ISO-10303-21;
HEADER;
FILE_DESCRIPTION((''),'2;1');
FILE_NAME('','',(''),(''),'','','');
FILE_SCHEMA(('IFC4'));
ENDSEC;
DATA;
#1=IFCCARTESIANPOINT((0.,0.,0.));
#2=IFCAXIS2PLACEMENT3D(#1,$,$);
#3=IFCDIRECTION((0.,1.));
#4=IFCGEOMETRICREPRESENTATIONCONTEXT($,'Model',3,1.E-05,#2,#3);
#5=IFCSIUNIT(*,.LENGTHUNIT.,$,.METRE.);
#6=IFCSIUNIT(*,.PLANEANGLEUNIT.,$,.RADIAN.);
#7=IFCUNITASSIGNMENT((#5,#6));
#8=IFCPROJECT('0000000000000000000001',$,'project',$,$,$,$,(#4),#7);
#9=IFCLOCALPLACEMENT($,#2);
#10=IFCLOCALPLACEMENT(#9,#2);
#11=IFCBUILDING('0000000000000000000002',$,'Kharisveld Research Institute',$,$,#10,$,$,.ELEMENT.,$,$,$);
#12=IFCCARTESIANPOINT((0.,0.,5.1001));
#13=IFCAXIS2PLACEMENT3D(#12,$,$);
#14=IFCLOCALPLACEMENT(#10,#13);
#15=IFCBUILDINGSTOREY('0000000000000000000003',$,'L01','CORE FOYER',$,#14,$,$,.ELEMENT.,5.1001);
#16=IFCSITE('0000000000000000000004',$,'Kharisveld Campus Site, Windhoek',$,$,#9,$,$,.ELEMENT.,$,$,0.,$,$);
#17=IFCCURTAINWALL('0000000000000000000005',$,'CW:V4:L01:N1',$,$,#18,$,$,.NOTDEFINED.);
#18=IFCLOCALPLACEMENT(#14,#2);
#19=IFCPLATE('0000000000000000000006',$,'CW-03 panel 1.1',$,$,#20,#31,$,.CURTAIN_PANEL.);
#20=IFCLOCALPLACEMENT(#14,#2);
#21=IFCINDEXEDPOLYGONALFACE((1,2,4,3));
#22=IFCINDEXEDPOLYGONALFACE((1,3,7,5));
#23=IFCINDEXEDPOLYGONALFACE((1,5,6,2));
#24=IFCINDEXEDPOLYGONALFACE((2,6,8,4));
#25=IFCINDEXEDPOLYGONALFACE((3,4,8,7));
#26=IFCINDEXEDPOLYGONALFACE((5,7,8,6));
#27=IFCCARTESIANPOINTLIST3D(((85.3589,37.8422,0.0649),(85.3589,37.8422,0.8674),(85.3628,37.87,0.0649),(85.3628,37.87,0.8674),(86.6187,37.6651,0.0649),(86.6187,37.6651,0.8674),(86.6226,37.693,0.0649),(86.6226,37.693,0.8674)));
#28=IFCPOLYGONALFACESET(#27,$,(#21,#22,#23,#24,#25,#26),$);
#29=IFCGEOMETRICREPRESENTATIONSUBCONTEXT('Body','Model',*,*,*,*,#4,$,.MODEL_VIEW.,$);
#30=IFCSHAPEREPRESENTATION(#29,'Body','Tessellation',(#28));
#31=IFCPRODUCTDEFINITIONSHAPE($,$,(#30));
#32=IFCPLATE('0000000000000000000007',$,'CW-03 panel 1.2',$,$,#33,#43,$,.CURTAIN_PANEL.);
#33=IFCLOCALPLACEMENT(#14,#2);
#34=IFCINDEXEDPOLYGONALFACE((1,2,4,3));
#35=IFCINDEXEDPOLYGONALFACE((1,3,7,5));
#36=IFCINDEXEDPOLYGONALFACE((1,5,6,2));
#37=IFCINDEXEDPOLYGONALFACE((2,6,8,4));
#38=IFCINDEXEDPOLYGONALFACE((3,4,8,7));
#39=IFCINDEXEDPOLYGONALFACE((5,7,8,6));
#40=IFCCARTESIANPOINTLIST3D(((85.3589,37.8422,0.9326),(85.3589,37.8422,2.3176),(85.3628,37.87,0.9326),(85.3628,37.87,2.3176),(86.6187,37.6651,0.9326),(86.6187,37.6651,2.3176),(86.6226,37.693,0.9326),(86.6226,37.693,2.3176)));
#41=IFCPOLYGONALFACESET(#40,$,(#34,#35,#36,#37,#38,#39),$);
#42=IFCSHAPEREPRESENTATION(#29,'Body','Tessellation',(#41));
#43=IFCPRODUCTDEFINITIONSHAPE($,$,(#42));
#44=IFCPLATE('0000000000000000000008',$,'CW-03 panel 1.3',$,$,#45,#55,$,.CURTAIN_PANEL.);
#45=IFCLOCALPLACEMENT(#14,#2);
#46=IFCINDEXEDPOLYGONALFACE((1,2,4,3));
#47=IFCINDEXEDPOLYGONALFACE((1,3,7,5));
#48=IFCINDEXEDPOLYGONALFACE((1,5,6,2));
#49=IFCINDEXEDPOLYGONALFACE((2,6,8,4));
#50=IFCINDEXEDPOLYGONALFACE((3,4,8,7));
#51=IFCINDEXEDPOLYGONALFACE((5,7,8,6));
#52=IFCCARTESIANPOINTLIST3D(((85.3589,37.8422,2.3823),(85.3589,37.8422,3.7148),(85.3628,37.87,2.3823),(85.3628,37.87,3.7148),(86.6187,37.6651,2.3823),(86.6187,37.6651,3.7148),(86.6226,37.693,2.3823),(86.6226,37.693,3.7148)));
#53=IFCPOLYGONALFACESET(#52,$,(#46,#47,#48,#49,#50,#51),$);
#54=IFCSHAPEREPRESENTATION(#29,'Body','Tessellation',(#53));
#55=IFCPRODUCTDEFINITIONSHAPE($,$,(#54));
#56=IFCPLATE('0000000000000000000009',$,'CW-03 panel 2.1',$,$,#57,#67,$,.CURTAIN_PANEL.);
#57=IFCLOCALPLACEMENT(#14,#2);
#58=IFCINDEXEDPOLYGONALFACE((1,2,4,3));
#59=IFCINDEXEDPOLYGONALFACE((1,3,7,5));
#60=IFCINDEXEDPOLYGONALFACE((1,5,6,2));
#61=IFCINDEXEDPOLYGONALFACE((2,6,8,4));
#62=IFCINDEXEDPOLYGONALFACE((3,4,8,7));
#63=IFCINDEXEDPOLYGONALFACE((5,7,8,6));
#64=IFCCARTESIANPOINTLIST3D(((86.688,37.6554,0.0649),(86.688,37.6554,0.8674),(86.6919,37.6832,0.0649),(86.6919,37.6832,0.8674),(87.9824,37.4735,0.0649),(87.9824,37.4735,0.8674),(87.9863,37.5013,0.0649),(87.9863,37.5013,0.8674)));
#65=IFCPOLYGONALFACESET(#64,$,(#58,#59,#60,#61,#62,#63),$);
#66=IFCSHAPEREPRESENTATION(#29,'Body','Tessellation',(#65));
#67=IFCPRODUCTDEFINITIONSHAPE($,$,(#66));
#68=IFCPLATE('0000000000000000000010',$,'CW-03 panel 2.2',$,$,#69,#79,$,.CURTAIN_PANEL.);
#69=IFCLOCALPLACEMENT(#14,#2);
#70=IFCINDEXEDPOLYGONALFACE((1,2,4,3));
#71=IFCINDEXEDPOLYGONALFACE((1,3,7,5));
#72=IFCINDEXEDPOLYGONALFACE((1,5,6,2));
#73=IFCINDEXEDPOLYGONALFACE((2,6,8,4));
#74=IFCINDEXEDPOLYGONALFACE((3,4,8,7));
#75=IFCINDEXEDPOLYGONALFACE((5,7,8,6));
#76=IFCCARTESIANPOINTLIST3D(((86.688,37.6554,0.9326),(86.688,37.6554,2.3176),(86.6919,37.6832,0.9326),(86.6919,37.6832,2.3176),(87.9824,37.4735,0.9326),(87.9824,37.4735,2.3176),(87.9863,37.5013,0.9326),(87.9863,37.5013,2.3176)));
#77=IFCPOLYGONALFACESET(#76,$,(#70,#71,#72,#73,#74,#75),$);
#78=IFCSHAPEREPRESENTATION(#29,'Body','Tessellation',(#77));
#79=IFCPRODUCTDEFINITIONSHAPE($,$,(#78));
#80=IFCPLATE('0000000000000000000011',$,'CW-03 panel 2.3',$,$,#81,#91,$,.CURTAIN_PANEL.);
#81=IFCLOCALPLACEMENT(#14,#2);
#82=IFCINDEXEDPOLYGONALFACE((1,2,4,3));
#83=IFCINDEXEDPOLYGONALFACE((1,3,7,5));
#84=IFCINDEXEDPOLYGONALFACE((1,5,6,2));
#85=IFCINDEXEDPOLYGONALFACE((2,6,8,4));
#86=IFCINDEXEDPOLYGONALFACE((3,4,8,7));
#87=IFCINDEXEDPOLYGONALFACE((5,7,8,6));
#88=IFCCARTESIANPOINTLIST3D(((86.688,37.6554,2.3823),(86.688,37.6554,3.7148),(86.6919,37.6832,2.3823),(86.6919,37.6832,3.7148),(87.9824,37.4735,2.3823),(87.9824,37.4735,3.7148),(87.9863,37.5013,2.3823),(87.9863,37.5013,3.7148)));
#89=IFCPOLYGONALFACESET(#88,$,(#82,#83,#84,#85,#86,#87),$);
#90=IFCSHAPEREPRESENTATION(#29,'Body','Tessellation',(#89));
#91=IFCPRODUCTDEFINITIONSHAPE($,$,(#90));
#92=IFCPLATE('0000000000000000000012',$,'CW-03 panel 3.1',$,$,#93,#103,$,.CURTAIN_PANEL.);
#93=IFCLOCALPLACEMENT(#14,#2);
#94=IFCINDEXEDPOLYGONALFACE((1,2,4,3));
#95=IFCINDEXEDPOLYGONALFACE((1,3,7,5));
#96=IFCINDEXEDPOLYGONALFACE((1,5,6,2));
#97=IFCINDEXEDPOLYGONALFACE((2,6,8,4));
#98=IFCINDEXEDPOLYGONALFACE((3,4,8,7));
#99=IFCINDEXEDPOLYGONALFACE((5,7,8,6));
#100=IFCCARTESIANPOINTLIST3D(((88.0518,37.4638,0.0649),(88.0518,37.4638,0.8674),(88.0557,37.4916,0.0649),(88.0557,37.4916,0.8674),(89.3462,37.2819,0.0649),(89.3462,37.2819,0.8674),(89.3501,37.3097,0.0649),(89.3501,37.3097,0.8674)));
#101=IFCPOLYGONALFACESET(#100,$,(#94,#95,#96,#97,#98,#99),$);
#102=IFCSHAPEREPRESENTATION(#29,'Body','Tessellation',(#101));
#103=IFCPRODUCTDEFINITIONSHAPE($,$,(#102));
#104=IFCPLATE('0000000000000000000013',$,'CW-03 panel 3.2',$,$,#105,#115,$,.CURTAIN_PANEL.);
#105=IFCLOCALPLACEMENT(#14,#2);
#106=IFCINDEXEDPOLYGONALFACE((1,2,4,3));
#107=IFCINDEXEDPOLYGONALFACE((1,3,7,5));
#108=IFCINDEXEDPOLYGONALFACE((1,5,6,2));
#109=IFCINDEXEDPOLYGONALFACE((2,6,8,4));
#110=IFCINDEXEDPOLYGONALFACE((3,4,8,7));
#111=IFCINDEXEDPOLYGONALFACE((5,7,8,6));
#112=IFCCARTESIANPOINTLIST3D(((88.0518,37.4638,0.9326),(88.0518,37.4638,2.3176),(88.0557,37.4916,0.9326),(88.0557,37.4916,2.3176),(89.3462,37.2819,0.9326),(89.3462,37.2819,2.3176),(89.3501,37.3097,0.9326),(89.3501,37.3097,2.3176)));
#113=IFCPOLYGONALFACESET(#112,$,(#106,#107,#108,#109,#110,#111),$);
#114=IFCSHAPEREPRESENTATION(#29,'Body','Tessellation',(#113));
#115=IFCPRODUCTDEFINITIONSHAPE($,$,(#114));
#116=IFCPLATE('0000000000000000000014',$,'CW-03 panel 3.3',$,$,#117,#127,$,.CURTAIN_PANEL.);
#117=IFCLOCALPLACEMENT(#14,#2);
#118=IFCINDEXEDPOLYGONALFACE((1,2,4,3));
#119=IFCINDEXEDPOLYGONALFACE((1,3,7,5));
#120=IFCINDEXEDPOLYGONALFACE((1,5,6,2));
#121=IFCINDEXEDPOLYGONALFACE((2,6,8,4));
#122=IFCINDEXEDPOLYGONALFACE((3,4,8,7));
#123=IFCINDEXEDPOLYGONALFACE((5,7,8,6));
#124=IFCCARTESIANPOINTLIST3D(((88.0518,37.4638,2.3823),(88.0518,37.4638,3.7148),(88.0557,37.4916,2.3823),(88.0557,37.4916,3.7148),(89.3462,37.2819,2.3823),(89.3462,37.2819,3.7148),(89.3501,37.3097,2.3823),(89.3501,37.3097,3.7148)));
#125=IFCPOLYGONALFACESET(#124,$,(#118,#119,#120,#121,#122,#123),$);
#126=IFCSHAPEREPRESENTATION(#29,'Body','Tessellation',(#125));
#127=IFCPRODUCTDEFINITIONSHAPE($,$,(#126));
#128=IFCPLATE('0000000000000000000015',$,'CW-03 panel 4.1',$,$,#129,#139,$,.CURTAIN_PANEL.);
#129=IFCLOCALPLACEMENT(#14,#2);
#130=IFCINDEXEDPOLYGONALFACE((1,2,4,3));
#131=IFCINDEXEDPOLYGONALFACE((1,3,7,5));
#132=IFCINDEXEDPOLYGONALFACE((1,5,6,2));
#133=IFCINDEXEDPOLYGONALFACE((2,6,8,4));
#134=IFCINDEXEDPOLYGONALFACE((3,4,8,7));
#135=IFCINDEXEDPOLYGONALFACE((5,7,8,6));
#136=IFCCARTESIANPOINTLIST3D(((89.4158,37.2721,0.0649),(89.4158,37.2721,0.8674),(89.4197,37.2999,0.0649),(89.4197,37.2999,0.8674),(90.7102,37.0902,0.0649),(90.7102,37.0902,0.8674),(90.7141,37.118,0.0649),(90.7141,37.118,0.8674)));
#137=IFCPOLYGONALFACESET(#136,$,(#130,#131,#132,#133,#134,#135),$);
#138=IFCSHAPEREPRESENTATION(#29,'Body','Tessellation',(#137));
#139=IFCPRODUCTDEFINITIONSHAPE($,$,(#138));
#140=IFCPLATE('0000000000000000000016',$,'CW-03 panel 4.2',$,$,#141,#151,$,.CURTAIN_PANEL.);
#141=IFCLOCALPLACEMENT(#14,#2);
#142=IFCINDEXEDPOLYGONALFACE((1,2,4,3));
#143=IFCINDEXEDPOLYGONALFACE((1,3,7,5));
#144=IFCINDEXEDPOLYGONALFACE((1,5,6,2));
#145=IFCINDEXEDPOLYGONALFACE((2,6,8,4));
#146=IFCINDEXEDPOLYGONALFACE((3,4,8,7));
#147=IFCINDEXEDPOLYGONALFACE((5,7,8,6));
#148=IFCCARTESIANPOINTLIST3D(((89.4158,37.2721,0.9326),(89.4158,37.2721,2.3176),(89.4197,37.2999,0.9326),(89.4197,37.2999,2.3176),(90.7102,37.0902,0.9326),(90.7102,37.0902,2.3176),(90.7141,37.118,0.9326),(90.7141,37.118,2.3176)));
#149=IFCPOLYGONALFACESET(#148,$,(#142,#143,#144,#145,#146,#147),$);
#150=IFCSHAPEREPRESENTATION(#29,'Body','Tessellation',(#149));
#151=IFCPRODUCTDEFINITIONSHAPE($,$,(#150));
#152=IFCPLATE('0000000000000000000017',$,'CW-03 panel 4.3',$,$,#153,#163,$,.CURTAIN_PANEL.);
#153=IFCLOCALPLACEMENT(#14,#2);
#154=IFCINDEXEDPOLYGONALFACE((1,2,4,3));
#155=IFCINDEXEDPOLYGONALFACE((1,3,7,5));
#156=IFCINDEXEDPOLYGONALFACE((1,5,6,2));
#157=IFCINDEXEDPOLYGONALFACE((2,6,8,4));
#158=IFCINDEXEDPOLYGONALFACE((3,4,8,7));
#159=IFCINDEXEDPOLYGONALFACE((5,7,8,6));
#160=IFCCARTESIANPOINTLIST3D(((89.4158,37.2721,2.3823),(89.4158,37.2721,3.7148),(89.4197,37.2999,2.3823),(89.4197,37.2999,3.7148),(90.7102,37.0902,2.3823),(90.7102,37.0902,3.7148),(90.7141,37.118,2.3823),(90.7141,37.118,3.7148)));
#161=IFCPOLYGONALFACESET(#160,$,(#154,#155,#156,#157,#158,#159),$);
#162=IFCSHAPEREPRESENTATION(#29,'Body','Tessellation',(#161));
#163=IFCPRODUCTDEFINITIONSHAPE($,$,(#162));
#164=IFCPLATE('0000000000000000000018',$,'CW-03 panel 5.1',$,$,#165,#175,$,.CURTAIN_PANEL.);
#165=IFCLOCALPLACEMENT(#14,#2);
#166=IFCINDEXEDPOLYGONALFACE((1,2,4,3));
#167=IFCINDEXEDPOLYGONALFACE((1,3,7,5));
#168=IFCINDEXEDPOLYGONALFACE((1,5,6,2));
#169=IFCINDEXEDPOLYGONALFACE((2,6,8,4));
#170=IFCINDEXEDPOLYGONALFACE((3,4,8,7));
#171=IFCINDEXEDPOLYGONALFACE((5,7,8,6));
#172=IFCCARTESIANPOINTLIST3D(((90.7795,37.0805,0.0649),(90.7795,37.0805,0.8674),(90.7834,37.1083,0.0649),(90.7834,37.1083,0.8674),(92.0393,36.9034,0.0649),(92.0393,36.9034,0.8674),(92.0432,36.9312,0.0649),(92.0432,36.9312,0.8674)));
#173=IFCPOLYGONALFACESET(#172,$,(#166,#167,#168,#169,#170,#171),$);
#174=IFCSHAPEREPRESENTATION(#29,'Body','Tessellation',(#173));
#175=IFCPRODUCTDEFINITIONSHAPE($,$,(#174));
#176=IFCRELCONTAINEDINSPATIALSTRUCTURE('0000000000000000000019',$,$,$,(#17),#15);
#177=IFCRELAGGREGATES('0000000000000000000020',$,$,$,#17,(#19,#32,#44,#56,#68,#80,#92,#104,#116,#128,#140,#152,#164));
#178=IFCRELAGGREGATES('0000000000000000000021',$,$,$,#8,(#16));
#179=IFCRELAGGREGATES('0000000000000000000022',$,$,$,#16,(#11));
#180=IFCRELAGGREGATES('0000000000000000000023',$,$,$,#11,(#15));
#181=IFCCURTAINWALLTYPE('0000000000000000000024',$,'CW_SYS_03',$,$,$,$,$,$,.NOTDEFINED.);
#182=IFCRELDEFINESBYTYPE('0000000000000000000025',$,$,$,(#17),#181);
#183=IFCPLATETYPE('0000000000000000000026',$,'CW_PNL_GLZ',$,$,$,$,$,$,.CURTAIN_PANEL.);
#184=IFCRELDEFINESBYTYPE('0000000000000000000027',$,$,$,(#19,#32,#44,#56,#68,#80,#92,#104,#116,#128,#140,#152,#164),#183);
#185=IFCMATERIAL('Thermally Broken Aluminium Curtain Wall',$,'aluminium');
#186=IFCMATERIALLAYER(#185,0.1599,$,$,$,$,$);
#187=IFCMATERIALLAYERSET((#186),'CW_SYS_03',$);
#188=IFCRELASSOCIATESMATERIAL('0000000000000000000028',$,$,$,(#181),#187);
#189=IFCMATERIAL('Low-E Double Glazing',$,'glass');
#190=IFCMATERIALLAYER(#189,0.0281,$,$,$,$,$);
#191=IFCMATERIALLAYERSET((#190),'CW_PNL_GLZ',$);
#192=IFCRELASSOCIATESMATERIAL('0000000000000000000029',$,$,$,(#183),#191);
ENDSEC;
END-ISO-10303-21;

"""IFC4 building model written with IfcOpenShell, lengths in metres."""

from ifc_helpers import new_model, si_unit, direction, frame, origin, origin_2d, place, context, subcontext, project, spatial, rectangle, extrude, material, layer, layer_set, type_object, element, aggregate, save


model = new_model("IFC4")

# Units and contexts
model_context = context("Model", 3, precision=1e-05, world=origin(), true_north=direction((0.0, 1.0)))
body_context = subcontext(model_context, "Body", "Model", "MODEL_VIEW")
ifc_project = project(units=[si_unit("LENGTHUNIT", "METRE"), si_unit("PLANEANGLEUNIT", "RADIAN")], contexts=[model_context])

# Site, building, storey
site_placement = place(None, origin())
site = spatial("IfcSite", under=ifc_project, at=site_placement, Name="Kharisveld Campus Site, Windhoek", CompositionType="ELEMENT", RefElevation=0.0)
building_placement = place(site_placement, origin())
building = spatial("IfcBuilding", under=site, at=building_placement, Name="Kharisveld Research Institute", CompositionType="ELEMENT")
storey_placement = place(building_placement, frame((0.0, 0.0, 5.1001)))
storey = spatial("IfcBuildingStorey", under=building, at=storey_placement, Name="L01", Description="CORE FOYER", CompositionType="ELEMENT", Elevation=5.1001)

# Curtain wall, plates
ifc_material_1 = material(Name="Thermally Broken Aluminium Curtain Wall", Category="aluminium")
ifc_layer_1 = layer(ifc_material_1, 0.1599)
ifc_layer_set_1 = layer_set([ifc_layer_1], Name="CW_SYS_03")
curtain_wall_type = type_object("IfcCurtainWallType", Name="CW_SYS_03", PredefinedType="NOTDEFINED", material=ifc_layer_set_1)
curtain_wall_placement = place(storey_placement, origin())
curtain_wall = element("IfcCurtainWall", 1, at=curtain_wall_placement, inside=storey, type_object=curtain_wall_type, Name="CW:V4:L01:N1", PredefinedType="NOTDEFINED")
ifc_material_2 = material(Name="Low-E Double Glazing", Category="glass")
ifc_layer_2 = layer(ifc_material_2, 0.0281)
ifc_layer_set_2 = layer_set([ifc_layer_2], Name="CW_PNL_GLZ")
plate_type = type_object("IfcPlateType", Name="CW_PNL_GLZ", PredefinedType="CURTAIN_PANEL", material=ifc_layer_set_2)
plate_1_placement = place(storey_placement, frame((85.9907, 37.7676, 0.0649), z_axis=(0.0, 0.0, 1.0), x_axis=(0.990268, -0.139173, 0.0)))
plate_1 = element("IfcPlate", 2, at=plate_1_placement, type_object=plate_type, Name="CW-03 panel 1.1", PredefinedType="CURTAIN_PANEL", context=body_context, shape_type="SweptSolid", body=[
    extrude(rectangle(XDim=1.2722, YDim=0.0281, at=origin_2d()), origin(), (0.0, 0.0, 1.0), 0.8025),
])
plate_2_placement = place(storey_placement, frame((85.9907, 37.7676, 0.9326), z_axis=(0.0, 0.0, 1.0), x_axis=(0.990268, -0.139173, 0.0)))
plate_2 = element("IfcPlate", 3, at=plate_2_placement, type_object=plate_type, Name="CW-03 panel 1.2", PredefinedType="CURTAIN_PANEL", context=body_context, shape_type="SweptSolid", body=[
    extrude(rectangle(XDim=1.2722, YDim=0.0281, at=origin_2d()), origin(), (0.0, 0.0, 1.0), 1.385),
])
plate_3_placement = place(storey_placement, frame((85.9907, 37.7676, 2.3823), z_axis=(0.0, 0.0, 1.0), x_axis=(0.990268, -0.139173, 0.0)))
plate_3 = element("IfcPlate", 4, at=plate_3_placement, type_object=plate_type, Name="CW-03 panel 1.3", PredefinedType="CURTAIN_PANEL", context=body_context, shape_type="SweptSolid", body=[
    extrude(rectangle(XDim=1.2722, YDim=0.0281, at=origin_2d()), origin(), (0.0, 0.0, 1.0), 1.3325),
])
plate_4_placement = place(storey_placement, frame((87.3372, 37.5784, 0.0649), z_axis=(0.0, 0.0, 1.0), x_axis=(0.990268, -0.139173, 0.0)))
plate_4 = element("IfcPlate", 5, at=plate_4_placement, type_object=plate_type, Name="CW-03 panel 2.1", PredefinedType="CURTAIN_PANEL", context=body_context, shape_type="SweptSolid", body=[
    extrude(rectangle(XDim=1.3071, YDim=0.0281, at=origin_2d()), origin(), (0.0, 0.0, 1.0), 0.8025),
])
plate_5_placement = place(storey_placement, frame((87.3372, 37.5784, 0.9326), z_axis=(0.0, 0.0, 1.0), x_axis=(0.990268, -0.139173, 0.0)))
plate_5 = element("IfcPlate", 6, at=plate_5_placement, type_object=plate_type, Name="CW-03 panel 2.2", PredefinedType="CURTAIN_PANEL", context=body_context, shape_type="SweptSolid", body=[
    extrude(rectangle(XDim=1.3071, YDim=0.0281, at=origin_2d()), origin(), (0.0, 0.0, 1.0), 1.385),
])
plate_6_placement = place(storey_placement, frame((87.3372, 37.5784, 2.3823), z_axis=(0.0, 0.0, 1.0), x_axis=(0.990268, -0.139173, 0.0)))
plate_6 = element("IfcPlate", 7, at=plate_6_placement, type_object=plate_type, Name="CW-03 panel 2.3", PredefinedType="CURTAIN_PANEL", context=body_context, shape_type="SweptSolid", body=[
    extrude(rectangle(XDim=1.3071, YDim=0.0281, at=origin_2d()), origin(), (0.0, 0.0, 1.0), 1.3325),
])
plate_7_placement = place(storey_placement, frame((88.7009, 37.3867, 0.0649), z_axis=(0.0, 0.0, 1.0), x_axis=(0.990268, -0.139173, 0.0)))
plate_7 = element("IfcPlate", 8, at=plate_7_placement, type_object=plate_type, Name="CW-03 panel 3.1", PredefinedType="CURTAIN_PANEL", context=body_context, shape_type="SweptSolid", body=[
    extrude(rectangle(XDim=1.3071, YDim=0.0281, at=origin_2d()), origin(), (0.0, 0.0, 1.0), 0.8025),
])
plate_8_placement = place(storey_placement, frame((88.7009, 37.3867, 0.9326), z_axis=(0.0, 0.0, 1.0), x_axis=(0.990268, -0.139173, 0.0)))
plate_8 = element("IfcPlate", 9, at=plate_8_placement, type_object=plate_type, Name="CW-03 panel 3.2", PredefinedType="CURTAIN_PANEL", context=body_context, shape_type="SweptSolid", body=[
    extrude(rectangle(XDim=1.3071, YDim=0.0281, at=origin_2d()), origin(), (0.0, 0.0, 1.0), 1.385),
])
plate_9_placement = place(storey_placement, frame((88.7009, 37.3867, 2.3823), z_axis=(0.0, 0.0, 1.0), x_axis=(0.990268, -0.139173, 0.0)))
plate_9 = element("IfcPlate", 10, at=plate_9_placement, type_object=plate_type, Name="CW-03 panel 3.3", PredefinedType="CURTAIN_PANEL", context=body_context, shape_type="SweptSolid", body=[
    extrude(rectangle(XDim=1.3071, YDim=0.0281, at=origin_2d()), origin(), (0.0, 0.0, 1.0), 1.3325),
])
plate_10_placement = place(storey_placement, frame((90.0649, 37.1951, 0.0649), z_axis=(0.0, 0.0, 1.0), x_axis=(0.990268, -0.139173, 0.0)))
plate_10 = element("IfcPlate", 11, at=plate_10_placement, type_object=plate_type, Name="CW-03 panel 4.1", PredefinedType="CURTAIN_PANEL", context=body_context, shape_type="SweptSolid", body=[
    extrude(rectangle(XDim=1.3071, YDim=0.0281, at=origin_2d()), origin(), (0.0, 0.0, 1.0), 0.8025),
])
plate_11_placement = place(storey_placement, frame((90.0649, 37.1951, 0.9326), z_axis=(0.0, 0.0, 1.0), x_axis=(0.990268, -0.139173, 0.0)))
plate_11 = element("IfcPlate", 12, at=plate_11_placement, type_object=plate_type, Name="CW-03 panel 4.2", PredefinedType="CURTAIN_PANEL", context=body_context, shape_type="SweptSolid", body=[
    extrude(rectangle(XDim=1.3071, YDim=0.0281, at=origin_2d()), origin(), (0.0, 0.0, 1.0), 1.385),
])
plate_12_placement = place(storey_placement, frame((90.0649, 37.1951, 2.3823), z_axis=(0.0, 0.0, 1.0), x_axis=(0.990268, -0.139173, 0.0)))
plate_12 = element("IfcPlate", 13, at=plate_12_placement, type_object=plate_type, Name="CW-03 panel 4.3", PredefinedType="CURTAIN_PANEL", context=body_context, shape_type="SweptSolid", body=[
    extrude(rectangle(XDim=1.3071, YDim=0.0281, at=origin_2d()), origin(), (0.0, 0.0, 1.0), 1.3325),
])
plate_13_placement = place(storey_placement, frame((91.4114, 37.0059, 0.0649), z_axis=(0.0, 0.0, 1.0), x_axis=(0.990268, -0.139173, 0.0)))
plate_13 = element("IfcPlate", 14, at=plate_13_placement, type_object=plate_type, Name="CW-03 panel 5.1", PredefinedType="CURTAIN_PANEL", context=body_context, shape_type="SweptSolid", body=[
    extrude(rectangle(XDim=1.2722, YDim=0.0281, at=origin_2d()), origin(), (0.0, 0.0, 1.0), 0.8025),
])
aggregate(curtain_wall, [plate_1, plate_2, plate_3, plate_4, plate_5, plate_6, plate_7, plate_8, plate_9, plate_10, plate_11, plate_12, plate_13])

save(model, "model.ifc")
